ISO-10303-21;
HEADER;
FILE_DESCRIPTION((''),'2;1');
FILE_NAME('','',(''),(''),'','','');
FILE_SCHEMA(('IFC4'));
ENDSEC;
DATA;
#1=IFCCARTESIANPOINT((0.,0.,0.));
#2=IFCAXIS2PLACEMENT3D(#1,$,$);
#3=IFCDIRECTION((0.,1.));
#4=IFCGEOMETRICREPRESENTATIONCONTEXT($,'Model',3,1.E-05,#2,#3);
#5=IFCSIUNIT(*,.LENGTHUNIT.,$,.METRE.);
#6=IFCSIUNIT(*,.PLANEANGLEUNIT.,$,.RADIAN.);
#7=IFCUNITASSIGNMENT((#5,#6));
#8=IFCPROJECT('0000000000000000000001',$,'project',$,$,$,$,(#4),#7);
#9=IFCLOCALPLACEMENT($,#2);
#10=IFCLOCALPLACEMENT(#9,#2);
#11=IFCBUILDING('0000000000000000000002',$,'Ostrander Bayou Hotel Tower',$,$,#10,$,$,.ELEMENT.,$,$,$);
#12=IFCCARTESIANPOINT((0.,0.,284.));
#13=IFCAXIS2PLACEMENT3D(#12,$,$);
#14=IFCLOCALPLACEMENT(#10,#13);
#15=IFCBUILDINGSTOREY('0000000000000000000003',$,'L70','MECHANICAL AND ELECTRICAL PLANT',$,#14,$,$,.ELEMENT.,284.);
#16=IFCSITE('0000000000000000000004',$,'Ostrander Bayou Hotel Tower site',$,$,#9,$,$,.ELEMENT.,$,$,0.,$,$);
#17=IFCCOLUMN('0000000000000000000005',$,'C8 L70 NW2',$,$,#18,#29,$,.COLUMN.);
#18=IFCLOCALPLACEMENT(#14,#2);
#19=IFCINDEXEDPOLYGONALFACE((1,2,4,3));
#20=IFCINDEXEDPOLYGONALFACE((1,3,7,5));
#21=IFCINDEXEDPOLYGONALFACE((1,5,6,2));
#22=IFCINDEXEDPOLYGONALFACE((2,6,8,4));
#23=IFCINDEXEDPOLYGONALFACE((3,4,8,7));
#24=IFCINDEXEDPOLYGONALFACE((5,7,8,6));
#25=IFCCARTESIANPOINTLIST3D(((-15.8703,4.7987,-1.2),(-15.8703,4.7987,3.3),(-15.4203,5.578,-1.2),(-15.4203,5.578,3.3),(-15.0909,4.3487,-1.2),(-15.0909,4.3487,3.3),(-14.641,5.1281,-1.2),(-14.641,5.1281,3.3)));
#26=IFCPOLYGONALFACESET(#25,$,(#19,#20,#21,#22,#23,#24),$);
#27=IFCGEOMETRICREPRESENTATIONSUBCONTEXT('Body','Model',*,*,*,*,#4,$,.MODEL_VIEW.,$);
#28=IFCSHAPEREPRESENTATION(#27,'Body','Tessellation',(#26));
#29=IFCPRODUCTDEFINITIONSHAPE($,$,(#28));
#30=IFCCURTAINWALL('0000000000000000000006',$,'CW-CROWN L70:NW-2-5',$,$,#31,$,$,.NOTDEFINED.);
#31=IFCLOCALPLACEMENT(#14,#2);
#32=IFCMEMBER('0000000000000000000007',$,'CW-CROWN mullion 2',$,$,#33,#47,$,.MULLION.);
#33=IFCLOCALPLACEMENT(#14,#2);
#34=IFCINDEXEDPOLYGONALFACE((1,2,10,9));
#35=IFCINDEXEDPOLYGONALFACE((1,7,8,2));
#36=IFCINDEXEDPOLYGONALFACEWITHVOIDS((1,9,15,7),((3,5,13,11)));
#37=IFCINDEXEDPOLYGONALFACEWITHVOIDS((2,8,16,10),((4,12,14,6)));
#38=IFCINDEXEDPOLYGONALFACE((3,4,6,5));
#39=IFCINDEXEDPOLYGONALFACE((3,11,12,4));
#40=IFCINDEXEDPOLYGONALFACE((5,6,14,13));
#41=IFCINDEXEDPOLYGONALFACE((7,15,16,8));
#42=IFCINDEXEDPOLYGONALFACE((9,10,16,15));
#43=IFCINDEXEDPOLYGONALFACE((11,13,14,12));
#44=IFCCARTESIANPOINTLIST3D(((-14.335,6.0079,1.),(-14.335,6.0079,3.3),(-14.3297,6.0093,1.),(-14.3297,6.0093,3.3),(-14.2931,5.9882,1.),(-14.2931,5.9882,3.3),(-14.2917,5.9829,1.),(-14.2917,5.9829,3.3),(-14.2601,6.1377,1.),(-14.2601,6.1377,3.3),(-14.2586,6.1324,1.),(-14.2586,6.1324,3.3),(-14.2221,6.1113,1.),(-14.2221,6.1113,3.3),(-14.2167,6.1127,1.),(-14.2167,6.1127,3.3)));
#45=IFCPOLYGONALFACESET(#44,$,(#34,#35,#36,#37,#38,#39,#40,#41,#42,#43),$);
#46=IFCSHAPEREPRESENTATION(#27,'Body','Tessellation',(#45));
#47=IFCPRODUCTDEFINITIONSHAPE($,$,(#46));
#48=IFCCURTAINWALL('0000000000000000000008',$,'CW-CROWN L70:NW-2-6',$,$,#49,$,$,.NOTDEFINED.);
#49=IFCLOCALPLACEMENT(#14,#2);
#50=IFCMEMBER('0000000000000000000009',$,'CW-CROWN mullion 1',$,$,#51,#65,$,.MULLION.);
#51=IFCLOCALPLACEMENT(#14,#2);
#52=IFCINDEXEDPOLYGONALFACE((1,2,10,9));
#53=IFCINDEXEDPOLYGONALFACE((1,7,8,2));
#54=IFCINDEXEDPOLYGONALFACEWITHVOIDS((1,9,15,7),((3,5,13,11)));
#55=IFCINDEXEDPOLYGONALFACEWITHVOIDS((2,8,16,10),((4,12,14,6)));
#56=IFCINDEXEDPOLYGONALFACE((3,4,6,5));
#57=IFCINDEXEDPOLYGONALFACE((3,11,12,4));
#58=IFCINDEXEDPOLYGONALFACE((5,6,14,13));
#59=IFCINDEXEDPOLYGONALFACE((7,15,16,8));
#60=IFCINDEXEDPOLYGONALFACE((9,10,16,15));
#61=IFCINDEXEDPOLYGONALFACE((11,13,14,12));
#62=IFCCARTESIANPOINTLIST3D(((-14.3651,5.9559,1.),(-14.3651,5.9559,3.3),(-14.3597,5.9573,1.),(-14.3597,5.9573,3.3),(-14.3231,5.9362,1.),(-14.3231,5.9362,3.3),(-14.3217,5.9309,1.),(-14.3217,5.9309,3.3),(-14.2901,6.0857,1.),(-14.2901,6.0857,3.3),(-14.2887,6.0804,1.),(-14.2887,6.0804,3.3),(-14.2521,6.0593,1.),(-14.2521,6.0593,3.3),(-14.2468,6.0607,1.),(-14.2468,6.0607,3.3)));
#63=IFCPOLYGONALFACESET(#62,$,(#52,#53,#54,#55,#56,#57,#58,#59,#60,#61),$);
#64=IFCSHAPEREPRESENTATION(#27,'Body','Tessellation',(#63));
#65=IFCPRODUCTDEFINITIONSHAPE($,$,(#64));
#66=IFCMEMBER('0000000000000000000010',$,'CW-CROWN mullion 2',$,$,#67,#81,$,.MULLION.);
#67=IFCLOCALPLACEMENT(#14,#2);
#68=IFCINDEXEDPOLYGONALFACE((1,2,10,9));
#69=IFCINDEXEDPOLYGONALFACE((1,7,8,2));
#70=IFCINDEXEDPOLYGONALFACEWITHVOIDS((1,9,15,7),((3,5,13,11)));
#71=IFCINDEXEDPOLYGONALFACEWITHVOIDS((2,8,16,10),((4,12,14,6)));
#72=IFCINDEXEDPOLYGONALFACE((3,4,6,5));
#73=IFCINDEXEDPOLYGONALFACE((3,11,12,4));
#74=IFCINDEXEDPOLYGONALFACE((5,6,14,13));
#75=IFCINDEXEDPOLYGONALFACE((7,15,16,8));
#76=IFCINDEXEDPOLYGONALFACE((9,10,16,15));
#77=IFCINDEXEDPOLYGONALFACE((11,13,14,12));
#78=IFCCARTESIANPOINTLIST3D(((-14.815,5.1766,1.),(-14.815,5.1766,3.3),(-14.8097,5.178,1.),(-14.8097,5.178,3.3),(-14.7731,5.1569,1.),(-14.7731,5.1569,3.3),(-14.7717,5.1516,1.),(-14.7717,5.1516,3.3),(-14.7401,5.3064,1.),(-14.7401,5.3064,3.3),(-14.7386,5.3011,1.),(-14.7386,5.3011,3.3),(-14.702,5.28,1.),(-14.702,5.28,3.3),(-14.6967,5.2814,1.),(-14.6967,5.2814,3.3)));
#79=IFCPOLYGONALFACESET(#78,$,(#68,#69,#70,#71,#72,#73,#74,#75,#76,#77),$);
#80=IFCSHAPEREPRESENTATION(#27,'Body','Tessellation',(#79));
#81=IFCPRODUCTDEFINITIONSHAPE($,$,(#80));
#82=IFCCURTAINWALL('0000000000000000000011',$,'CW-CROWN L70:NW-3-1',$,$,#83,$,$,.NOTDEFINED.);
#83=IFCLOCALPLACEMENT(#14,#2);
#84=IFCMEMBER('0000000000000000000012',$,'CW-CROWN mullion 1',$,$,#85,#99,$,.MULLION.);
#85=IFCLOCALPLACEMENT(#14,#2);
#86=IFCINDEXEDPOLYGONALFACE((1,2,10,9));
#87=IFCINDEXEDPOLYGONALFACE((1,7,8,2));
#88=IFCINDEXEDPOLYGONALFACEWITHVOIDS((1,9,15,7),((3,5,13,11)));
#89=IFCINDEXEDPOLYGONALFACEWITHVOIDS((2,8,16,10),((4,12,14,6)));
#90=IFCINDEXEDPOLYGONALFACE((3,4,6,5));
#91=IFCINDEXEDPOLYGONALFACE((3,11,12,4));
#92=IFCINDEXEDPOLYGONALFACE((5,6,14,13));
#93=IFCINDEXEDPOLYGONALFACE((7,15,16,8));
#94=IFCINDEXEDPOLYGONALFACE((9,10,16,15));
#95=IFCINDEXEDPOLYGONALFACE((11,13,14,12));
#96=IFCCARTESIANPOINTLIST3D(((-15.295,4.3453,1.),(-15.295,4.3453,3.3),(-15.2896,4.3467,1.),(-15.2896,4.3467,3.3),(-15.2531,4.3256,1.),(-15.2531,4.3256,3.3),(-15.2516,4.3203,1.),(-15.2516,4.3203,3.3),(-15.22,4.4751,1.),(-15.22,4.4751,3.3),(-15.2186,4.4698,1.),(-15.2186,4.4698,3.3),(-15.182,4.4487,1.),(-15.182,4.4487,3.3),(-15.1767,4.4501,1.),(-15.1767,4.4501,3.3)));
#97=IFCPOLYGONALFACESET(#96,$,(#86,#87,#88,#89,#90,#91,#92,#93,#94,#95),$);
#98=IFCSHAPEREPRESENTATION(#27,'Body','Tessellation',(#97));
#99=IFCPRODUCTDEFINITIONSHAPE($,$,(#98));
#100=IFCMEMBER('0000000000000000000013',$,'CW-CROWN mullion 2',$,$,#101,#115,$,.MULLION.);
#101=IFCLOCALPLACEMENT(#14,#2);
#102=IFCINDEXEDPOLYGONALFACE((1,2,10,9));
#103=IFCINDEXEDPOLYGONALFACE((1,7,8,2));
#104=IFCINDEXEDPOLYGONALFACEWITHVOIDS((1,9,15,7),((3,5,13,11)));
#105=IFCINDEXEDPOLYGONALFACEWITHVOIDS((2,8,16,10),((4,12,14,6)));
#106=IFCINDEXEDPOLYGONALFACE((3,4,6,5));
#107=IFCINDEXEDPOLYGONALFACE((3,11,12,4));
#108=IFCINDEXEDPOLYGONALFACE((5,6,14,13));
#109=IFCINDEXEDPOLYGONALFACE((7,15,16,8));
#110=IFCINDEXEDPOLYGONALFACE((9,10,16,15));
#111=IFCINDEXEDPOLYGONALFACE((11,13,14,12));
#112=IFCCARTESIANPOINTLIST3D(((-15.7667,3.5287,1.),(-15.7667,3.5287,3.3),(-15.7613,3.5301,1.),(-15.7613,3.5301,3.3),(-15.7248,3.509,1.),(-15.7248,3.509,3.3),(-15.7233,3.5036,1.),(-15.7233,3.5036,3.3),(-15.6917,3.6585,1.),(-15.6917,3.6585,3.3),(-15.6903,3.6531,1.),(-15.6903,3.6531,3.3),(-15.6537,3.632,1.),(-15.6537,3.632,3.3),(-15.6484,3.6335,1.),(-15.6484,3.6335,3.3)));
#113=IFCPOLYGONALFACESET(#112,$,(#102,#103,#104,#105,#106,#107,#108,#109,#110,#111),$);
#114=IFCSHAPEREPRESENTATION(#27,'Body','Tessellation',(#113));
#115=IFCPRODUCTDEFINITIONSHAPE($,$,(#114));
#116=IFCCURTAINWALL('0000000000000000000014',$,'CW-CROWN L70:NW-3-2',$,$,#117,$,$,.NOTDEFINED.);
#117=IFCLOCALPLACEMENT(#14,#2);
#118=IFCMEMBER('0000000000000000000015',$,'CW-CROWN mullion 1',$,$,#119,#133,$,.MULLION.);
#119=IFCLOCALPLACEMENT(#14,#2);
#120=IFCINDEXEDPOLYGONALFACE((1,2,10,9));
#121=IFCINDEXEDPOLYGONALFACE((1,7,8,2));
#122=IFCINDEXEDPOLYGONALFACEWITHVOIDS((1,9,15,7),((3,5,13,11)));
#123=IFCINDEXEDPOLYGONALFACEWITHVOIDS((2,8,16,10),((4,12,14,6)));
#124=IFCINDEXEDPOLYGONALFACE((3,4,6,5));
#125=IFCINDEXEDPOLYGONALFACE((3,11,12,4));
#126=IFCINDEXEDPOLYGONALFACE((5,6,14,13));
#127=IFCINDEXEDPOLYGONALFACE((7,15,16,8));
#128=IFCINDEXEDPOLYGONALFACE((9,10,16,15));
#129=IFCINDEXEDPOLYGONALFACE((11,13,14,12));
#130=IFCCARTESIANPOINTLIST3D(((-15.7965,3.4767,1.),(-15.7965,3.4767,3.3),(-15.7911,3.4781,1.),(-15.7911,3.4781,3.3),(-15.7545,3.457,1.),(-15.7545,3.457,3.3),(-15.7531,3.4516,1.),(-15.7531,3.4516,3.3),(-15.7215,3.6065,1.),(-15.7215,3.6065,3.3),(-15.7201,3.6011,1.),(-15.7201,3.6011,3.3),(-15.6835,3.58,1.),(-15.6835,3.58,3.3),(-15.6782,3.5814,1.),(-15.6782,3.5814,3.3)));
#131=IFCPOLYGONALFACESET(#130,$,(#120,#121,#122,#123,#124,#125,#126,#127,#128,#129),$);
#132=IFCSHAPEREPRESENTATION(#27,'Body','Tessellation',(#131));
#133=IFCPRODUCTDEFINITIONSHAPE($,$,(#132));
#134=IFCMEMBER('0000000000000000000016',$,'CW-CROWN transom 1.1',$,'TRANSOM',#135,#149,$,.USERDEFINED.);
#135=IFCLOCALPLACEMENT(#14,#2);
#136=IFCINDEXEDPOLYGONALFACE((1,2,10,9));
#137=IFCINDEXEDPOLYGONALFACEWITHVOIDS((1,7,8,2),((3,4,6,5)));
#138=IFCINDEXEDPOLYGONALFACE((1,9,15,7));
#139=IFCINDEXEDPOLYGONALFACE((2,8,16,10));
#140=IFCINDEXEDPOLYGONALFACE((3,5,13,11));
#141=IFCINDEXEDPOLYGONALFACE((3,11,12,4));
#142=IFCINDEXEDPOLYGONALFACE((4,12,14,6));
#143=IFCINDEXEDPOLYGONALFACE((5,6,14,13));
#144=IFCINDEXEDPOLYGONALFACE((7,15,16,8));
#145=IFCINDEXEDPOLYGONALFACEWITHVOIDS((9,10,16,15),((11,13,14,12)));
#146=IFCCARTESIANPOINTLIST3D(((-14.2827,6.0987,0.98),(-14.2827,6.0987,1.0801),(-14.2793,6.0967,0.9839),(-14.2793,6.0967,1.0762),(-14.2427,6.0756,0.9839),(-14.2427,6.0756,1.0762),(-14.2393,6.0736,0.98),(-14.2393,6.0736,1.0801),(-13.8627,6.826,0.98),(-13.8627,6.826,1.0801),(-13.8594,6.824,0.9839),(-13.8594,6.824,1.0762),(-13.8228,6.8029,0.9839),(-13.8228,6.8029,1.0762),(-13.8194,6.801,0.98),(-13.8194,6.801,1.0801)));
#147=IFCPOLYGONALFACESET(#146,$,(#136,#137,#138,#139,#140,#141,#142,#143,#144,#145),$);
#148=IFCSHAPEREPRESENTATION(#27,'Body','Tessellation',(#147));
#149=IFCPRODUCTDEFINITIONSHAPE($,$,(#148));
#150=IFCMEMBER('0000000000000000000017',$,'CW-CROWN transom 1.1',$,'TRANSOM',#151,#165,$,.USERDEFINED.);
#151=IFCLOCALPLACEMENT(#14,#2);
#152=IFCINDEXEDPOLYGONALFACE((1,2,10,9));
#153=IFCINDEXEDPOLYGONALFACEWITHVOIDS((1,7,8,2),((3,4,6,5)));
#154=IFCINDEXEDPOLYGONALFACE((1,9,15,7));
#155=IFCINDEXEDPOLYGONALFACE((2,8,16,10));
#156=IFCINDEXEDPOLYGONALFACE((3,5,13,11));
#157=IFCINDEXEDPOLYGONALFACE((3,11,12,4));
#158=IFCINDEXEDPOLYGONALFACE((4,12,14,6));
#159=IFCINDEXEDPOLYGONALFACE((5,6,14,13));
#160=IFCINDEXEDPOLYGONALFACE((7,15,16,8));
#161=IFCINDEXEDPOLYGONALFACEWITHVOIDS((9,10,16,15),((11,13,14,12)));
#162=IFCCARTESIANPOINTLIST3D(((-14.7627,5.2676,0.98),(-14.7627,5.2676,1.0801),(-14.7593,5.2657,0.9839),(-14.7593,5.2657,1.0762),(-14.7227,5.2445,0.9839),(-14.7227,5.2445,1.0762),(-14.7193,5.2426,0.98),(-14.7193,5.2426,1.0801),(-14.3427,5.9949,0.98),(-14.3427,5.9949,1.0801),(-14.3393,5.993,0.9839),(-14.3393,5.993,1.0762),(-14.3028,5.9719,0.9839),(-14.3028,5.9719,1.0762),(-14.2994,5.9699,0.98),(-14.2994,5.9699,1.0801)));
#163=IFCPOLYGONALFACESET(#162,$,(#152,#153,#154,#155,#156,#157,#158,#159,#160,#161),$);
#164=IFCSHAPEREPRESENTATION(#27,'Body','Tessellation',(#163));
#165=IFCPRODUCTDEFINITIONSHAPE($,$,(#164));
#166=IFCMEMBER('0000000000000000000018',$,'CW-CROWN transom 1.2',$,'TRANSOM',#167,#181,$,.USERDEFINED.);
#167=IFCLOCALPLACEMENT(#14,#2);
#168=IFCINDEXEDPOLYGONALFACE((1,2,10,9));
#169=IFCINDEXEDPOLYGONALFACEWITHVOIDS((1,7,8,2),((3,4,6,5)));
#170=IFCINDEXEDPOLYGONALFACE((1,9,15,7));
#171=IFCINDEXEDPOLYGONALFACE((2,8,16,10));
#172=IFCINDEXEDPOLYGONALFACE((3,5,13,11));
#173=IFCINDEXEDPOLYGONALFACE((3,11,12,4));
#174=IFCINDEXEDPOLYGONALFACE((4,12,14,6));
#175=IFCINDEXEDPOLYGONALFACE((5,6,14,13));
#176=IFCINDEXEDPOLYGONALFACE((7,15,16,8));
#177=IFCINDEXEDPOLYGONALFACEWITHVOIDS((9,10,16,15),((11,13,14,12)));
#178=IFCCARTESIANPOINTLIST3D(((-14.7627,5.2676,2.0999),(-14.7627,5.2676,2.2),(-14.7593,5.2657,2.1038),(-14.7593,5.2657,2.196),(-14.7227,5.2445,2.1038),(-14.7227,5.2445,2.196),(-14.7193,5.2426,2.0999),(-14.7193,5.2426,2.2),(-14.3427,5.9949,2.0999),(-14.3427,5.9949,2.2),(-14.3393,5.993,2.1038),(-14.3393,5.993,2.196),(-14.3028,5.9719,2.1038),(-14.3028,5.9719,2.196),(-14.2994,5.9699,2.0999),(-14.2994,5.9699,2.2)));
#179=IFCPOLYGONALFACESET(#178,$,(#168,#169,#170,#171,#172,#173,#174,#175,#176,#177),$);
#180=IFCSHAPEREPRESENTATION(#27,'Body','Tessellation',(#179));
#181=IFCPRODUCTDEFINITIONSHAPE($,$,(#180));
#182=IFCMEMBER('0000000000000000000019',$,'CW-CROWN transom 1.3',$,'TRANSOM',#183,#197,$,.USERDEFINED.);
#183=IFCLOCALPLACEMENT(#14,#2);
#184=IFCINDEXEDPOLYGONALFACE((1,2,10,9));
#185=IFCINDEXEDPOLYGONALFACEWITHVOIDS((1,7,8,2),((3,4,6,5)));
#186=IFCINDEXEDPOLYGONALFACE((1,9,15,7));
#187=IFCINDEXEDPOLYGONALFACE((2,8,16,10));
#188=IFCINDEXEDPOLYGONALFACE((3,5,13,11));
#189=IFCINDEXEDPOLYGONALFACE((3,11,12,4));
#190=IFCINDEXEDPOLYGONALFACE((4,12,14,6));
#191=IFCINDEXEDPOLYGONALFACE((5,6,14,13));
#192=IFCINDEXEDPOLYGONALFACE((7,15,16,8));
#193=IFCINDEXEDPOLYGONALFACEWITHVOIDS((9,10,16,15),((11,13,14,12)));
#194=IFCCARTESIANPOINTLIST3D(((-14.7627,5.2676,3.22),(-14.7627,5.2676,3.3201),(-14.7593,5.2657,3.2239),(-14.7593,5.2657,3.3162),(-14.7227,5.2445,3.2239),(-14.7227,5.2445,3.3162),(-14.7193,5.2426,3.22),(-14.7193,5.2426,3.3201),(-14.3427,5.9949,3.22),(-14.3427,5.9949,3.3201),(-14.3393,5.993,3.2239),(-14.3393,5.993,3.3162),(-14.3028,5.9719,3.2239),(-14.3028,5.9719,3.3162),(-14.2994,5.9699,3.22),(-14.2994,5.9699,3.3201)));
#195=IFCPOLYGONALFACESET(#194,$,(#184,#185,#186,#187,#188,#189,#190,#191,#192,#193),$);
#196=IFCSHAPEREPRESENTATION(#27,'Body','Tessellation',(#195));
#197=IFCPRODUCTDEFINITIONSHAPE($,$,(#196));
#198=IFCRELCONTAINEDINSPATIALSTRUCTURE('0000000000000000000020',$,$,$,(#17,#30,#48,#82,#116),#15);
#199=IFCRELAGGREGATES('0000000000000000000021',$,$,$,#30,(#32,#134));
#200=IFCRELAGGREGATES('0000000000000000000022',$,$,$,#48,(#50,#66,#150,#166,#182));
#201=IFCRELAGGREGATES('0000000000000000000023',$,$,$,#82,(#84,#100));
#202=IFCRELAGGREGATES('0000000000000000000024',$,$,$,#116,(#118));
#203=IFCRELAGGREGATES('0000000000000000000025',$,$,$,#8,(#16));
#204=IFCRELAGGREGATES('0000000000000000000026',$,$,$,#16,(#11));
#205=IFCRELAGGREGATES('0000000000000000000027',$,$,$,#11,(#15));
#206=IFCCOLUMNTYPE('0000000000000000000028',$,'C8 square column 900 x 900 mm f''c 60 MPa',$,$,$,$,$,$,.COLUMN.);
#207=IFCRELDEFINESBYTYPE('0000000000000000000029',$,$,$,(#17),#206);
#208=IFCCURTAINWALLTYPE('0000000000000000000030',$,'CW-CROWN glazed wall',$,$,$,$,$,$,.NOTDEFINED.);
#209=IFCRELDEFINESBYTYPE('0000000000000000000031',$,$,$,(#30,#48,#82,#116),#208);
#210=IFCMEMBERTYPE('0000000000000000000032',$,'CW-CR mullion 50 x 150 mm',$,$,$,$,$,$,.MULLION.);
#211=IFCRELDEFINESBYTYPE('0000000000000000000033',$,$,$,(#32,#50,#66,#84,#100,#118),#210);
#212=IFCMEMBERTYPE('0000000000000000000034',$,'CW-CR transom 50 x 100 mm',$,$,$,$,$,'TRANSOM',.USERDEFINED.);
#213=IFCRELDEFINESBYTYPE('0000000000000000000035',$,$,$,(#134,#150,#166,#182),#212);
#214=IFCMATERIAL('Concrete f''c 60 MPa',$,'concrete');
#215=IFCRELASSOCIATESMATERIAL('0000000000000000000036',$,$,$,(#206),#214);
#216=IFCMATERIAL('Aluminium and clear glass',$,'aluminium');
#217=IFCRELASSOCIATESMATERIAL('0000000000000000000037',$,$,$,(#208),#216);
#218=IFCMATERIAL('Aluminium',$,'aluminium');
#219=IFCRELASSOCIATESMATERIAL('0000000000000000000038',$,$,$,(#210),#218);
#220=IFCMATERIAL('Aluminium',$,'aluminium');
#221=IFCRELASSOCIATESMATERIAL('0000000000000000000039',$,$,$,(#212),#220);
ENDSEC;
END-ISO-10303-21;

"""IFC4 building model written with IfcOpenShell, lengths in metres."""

from ifc_helpers import new_model, si_unit, direction, frame, origin, origin_2d, place, context, subcontext, project, spatial, rectangle, hollow_rectangle, extrude, material, material_profile, profile_set, type_object, element, aggregate, save


model = new_model("IFC4")

# Units and contexts
model_context = context("Model", 3, precision=1e-05, world=origin(), true_north=direction((0.0, 1.0)))
body_context = subcontext(model_context, "Body", "Model", "MODEL_VIEW")
ifc_project = project(units=[si_unit("LENGTHUNIT", "METRE"), si_unit("PLANEANGLEUNIT", "RADIAN")], contexts=[model_context])

# Site, building, storey
site_placement = place(None, origin())
site = spatial("IfcSite", under=ifc_project, at=site_placement, Name="Ostrander Bayou Hotel Tower site", CompositionType="ELEMENT", RefElevation=0.0)
building_placement = place(site_placement, origin())
building = spatial("IfcBuilding", under=site, at=building_placement, Name="Ostrander Bayou Hotel Tower", CompositionType="ELEMENT")
storey_placement = place(building_placement, frame((0.0, 0.0, 284.0)))
storey = spatial("IfcBuildingStorey", under=building, at=storey_placement, Name="L70", Description="MECHANICAL AND ELECTRICAL PLANT", CompositionType="ELEMENT", Elevation=284.0)

# Column
ifc_material_1 = material(Name="Concrete f'c 60 MPa", Category="concrete")
ifc_material_profile_1 = material_profile(ifc_material_1, rectangle(XDim=0.8999, YDim=0.8999, at=origin_2d()))
ifc_profile_set_1 = profile_set([ifc_material_profile_1], Name="Concrete f'c 60 MPa")
column_type = type_object("IfcColumnType", Name="C8 square column 900 x 900 mm f'c 60 MPa", PredefinedType="COLUMN", material=ifc_profile_set_1)
column_placement = place(storey_placement, frame((-15.2556, 4.9634, -1.2), z_axis=(0.0, 0.0, 1.0), x_axis=(0.5, 0.866025, 0.0)))
element("IfcColumn", 1, at=column_placement, inside=storey, type_object=column_type, Name="C8 L70 NW2", PredefinedType="COLUMN", context=body_context, shape_type="SweptSolid", body=[
    extrude(rectangle(XDim=0.8999, YDim=0.8999, at=origin_2d()), origin(), (0.0, 0.0, 1.0), 4.5),
])

# Curtain wall, member
ifc_material_2 = material(Name="Aluminium and clear glass", Category="aluminium")
curtain_wall_type = type_object("IfcCurtainWallType", Name="CW-CROWN glazed wall", PredefinedType="NOTDEFINED", material=ifc_material_2)
curtain_wall_1_placement = place(storey_placement, origin())
curtain_wall_1 = element("IfcCurtainWall", 2, at=curtain_wall_1_placement, inside=storey, type_object=curtain_wall_type, Name="CW-CROWN L70:NW-2-5", PredefinedType="NOTDEFINED")
ifc_material_3 = material(Name="Aluminium", Category="aluminium")
ifc_material_profile_2 = material_profile(ifc_material_3, hollow_rectangle(XDim=0.05, YDim=0.1499, WallThickness=0.0039, at=origin_2d()))
ifc_profile_set_2 = profile_set([ifc_material_profile_2], Name="Aluminium")
member_type_1 = type_object("IfcMemberType", Name="CW-CR mullion 50 x 150 mm", PredefinedType="MULLION", material=ifc_profile_set_2)
member_1_placement = place(storey_placement, frame((-14.2759, 6.0603, 1.0), z_axis=(0.0, 0.0, 1.0), x_axis=(0.866022, -0.500005, 0.0)))
member_1 = element("IfcMember", 3, at=member_1_placement, type_object=member_type_1, Name="CW-CROWN mullion 2", PredefinedType="MULLION", context=body_context, shape_type="SweptSolid", body=[
    extrude(hollow_rectangle(XDim=0.05, YDim=0.1499, WallThickness=0.0039, at=origin_2d()), origin(), (0.0, 0.0, 1.0), 2.3),
])

# Curtain walls, members
curtain_wall_2_placement = place(storey_placement, origin())
curtain_wall_2 = element("IfcCurtainWall", 4, at=curtain_wall_2_placement, inside=storey, type_object=curtain_wall_type, Name="CW-CROWN L70:NW-2-6", PredefinedType="NOTDEFINED")
member_2_placement = place(storey_placement, frame((-14.3059, 6.0083, 1.0), z_axis=(0.0, 0.0, 1.0), x_axis=(0.866022, -0.500005, 0.0)))
member_2 = element("IfcMember", 5, at=member_2_placement, type_object=member_type_1, Name="CW-CROWN mullion 1", PredefinedType="MULLION", context=body_context, shape_type="SweptSolid", body=[
    extrude(hollow_rectangle(XDim=0.05, YDim=0.1499, WallThickness=0.0039, at=origin_2d()), origin(), (0.0, 0.0, 1.0), 2.3),
])
member_3_placement = place(storey_placement, frame((-14.7559, 5.229, 1.0), z_axis=(0.0, 0.0, 1.0), x_axis=(0.866022, -0.500005, 0.0)))
member_3 = element("IfcMember", 6, at=member_3_placement, type_object=member_type_1, Name="CW-CROWN mullion 2", PredefinedType="MULLION", context=body_context, shape_type="SweptSolid", body=[
    extrude(hollow_rectangle(XDim=0.05, YDim=0.1499, WallThickness=0.0039, at=origin_2d()), origin(), (0.0, 0.0, 1.0), 2.3),
])
curtain_wall_3_placement = place(storey_placement, origin())
curtain_wall_3 = element("IfcCurtainWall", 7, at=curtain_wall_3_placement, inside=storey, type_object=curtain_wall_type, Name="CW-CROWN L70:NW-3-1", PredefinedType="NOTDEFINED")
member_4_placement = place(storey_placement, frame((-15.2358, 4.3977, 1.0), z_axis=(0.0, 0.0, 1.0), x_axis=(0.866044, -0.499967, 0.0)))
member_4 = element("IfcMember", 8, at=member_4_placement, type_object=member_type_1, Name="CW-CROWN mullion 1", PredefinedType="MULLION", context=body_context, shape_type="SweptSolid", body=[
    extrude(hollow_rectangle(XDim=0.05, YDim=0.1499, WallThickness=0.0039, at=origin_2d()), origin(), (0.0, 0.0, 1.0), 2.3),
])
member_5_placement = place(storey_placement, frame((-15.7075, 3.5811, 1.0), z_axis=(0.0, 0.0, 1.0), x_axis=(0.866044, -0.499967, 0.0)))
member_5 = element("IfcMember", 9, at=member_5_placement, type_object=member_type_1, Name="CW-CROWN mullion 2", PredefinedType="MULLION", context=body_context, shape_type="SweptSolid", body=[
    extrude(hollow_rectangle(XDim=0.05, YDim=0.1499, WallThickness=0.0039, at=origin_2d()), origin(), (0.0, 0.0, 1.0), 2.3),
])

# Curtain wall, member
curtain_wall_4_placement = place(storey_placement, origin())
curtain_wall_4 = element("IfcCurtainWall", 10, at=curtain_wall_4_placement, inside=storey, type_object=curtain_wall_type, Name="CW-CROWN L70:NW-3-2", PredefinedType="NOTDEFINED")
member_6_placement = place(storey_placement, frame((-15.7373, 3.5291, 1.0), z_axis=(0.0, 0.0, 1.0), x_axis=(0.866001, -0.500042, 0.0)))
member_6 = element("IfcMember", 11, at=member_6_placement, type_object=member_type_1, Name="CW-CROWN mullion 1", PredefinedType="MULLION", context=body_context, shape_type="SweptSolid", body=[
    extrude(hollow_rectangle(XDim=0.05, YDim=0.1499, WallThickness=0.0039, at=origin_2d()), origin(), (0.0, 0.0, 1.0), 2.3),
])

# Members
ifc_material_4 = material(Name="Aluminium", Category="aluminium")
ifc_material_profile_3 = material_profile(ifc_material_4, hollow_rectangle(XDim=0.05, YDim=0.1001, WallThickness=0.0039, at=origin_2d()))
ifc_profile_set_3 = profile_set([ifc_material_profile_3], Name="Aluminium")
member_type_2 = type_object("IfcMemberType", Name="CW-CR transom 50 x 100 mm", ElementType="TRANSOM", PredefinedType="USERDEFINED", material=ifc_profile_set_3)
member_7_placement = place(storey_placement, frame((-13.8411, 6.8135, 1.03), z_axis=(-0.500016, -0.866016, 0.0), x_axis=(0.866016, -0.500016, 0.0)))
member_7 = element("IfcMember", 12, at=member_7_placement, type_object=member_type_2, Name="CW-CROWN transom 1.1", ObjectType="TRANSOM", PredefinedType="USERDEFINED", context=body_context, shape_type="SweptSolid", body=[
    extrude(hollow_rectangle(XDim=0.05, YDim=0.1001, WallThickness=0.0039, at=origin_2d()), origin(), (0.0, 0.0, 1.0), 0.8398),
])
member_8_placement = place(storey_placement, frame((-14.321, 5.9824, 1.03), z_axis=(-0.500016, -0.866016, 0.0), x_axis=(0.866016, -0.500016, 0.0)))
member_8 = element("IfcMember", 13, at=member_8_placement, type_object=member_type_2, Name="CW-CROWN transom 1.1", ObjectType="TRANSOM", PredefinedType="USERDEFINED", context=body_context, shape_type="SweptSolid", body=[
    extrude(hollow_rectangle(XDim=0.05, YDim=0.1001, WallThickness=0.0039, at=origin_2d()), origin(), (0.0, 0.0, 1.0), 0.8398),
])
member_9_placement = place(storey_placement, frame((-14.321, 5.9824, 2.1499), z_axis=(-0.500016, -0.866016, 0.0), x_axis=(0.866016, -0.500016, 0.0)))
member_9 = element("IfcMember", 14, at=member_9_placement, type_object=member_type_2, Name="CW-CROWN transom 1.2", ObjectType="TRANSOM", PredefinedType="USERDEFINED", context=body_context, shape_type="SweptSolid", body=[
    extrude(hollow_rectangle(XDim=0.05, YDim=0.1001, WallThickness=0.0039, at=origin_2d()), origin(), (0.0, 0.0, 1.0), 0.8398),
])
member_10_placement = place(storey_placement, frame((-14.321, 5.9824, 3.27), z_axis=(-0.500016, -0.866016, 0.0), x_axis=(0.866016, -0.500016, 0.0)))
member_10 = element("IfcMember", 15, at=member_10_placement, type_object=member_type_2, Name="CW-CROWN transom 1.3", ObjectType="TRANSOM", PredefinedType="USERDEFINED", context=body_context, shape_type="SweptSolid", body=[
    extrude(hollow_rectangle(XDim=0.05, YDim=0.1001, WallThickness=0.0039, at=origin_2d()), origin(), (0.0, 0.0, 1.0), 0.8398),
])

aggregate(curtain_wall_1, [member_1, member_7])
aggregate(curtain_wall_2, [member_2, member_3, member_8, member_9, member_10])
aggregate(curtain_wall_3, [member_4, member_5])
aggregate(curtain_wall_4, [member_6])

save(model, "model.ifc")
